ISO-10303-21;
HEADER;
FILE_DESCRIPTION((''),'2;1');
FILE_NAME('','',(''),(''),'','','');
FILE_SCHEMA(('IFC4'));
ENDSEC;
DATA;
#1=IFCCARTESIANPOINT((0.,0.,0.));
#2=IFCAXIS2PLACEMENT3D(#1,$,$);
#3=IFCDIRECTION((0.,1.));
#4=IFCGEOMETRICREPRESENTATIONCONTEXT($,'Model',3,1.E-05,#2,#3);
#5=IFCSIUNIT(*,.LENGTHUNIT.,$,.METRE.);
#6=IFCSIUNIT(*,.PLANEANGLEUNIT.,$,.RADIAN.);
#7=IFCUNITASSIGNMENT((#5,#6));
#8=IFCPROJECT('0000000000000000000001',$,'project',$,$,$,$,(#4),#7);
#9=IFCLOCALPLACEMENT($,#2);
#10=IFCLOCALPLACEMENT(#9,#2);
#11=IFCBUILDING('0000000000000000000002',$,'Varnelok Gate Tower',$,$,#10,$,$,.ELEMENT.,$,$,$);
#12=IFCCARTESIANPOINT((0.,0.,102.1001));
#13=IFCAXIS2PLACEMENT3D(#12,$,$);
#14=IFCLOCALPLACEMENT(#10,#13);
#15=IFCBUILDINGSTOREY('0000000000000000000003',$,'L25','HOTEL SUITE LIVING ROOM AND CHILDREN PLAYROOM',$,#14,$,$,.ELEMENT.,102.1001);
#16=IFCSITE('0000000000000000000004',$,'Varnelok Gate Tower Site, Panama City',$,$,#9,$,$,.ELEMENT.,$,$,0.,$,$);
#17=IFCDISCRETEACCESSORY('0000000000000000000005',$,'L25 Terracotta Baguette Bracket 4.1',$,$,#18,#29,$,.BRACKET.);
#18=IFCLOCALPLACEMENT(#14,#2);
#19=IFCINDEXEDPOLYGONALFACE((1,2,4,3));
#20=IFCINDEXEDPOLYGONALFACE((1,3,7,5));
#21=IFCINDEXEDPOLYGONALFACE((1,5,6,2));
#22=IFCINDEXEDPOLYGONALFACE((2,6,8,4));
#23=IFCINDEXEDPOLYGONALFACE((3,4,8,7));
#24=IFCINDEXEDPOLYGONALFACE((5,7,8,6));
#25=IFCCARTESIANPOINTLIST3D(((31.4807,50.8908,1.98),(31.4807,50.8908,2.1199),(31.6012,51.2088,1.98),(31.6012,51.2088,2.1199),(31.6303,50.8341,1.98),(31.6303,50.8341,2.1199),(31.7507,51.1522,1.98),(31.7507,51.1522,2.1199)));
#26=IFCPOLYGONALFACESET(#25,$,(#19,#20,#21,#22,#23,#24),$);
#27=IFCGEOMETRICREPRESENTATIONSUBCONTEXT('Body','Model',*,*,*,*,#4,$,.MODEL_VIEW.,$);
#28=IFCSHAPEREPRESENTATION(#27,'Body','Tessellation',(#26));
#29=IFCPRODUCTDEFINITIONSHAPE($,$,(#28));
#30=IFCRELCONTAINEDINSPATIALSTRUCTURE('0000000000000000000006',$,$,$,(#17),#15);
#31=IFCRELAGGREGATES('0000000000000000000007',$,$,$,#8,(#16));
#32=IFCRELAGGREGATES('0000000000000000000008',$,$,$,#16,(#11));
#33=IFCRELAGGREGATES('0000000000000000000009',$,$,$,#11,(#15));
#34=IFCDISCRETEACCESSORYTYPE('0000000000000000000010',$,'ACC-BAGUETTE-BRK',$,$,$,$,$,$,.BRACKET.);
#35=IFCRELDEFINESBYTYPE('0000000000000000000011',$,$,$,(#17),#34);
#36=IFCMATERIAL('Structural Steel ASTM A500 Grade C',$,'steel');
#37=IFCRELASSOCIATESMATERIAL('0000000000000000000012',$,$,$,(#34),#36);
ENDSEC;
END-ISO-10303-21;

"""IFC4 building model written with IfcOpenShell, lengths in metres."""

from ifc_helpers import new_model, si_unit, direction, frame, origin, origin_2d, place, context, subcontext, project, spatial, rectangle, extrude, source, transform, mapped, material, type_object, element, save


model = new_model("IFC4")

# Units and contexts
model_context = context("Model", 3, precision=1e-05, world=origin(), true_north=direction((0.0, 1.0)))
body_context = subcontext(model_context, "Body", "Model", "MODEL_VIEW")
ifc_project = project(units=[si_unit("LENGTHUNIT", "METRE"), si_unit("PLANEANGLEUNIT", "RADIAN")], contexts=[model_context])

# Site, building, storey
site_placement = place(None, origin())
site = spatial("IfcSite", under=ifc_project, at=site_placement, Name="Varnelok Gate Tower Site, Panama City", CompositionType="ELEMENT", RefElevation=0.0)
building_placement = place(site_placement, origin())
building = spatial("IfcBuilding", under=site, at=building_placement, Name="Varnelok Gate Tower", CompositionType="ELEMENT")
storey_placement = place(building_placement, frame((0.0, 0.0, 102.1001)))
storey = spatial("IfcBuildingStorey", under=building, at=storey_placement, Name="L25", Description="HOTEL SUITE LIVING ROOM AND CHILDREN PLAYROOM", CompositionType="ELEMENT", Elevation=102.1001)

# Discrete accessory
ifc_material_1 = material(Name="Structural Steel ASTM A500 Grade C", Category="steel")
discrete_accessory_type = type_object("IfcDiscreteAccessoryType", Name="ACC-BAGUETTE-BRK", PredefinedType="BRACKET", material=ifc_material_1)
shared_shape_1 = source(origin(), body_context, "Body", "SweptSolid", [
    extrude(rectangle(XDim=0.1599, YDim=0.3401, at=origin_2d()), origin(), (0.0, 0.0, 1.0), 0.1399),
])
discrete_accessory_placement = place(storey_placement, frame((31.6157, 51.0215, 1.98), z_axis=(0.0, 0.0, 1.0), x_axis=(0.935222, -0.354063, 0.0)))
element("IfcDiscreteAccessory", 1, at=discrete_accessory_placement, inside=storey, type_object=discrete_accessory_type, Name="L25 Terracotta Baguette Bracket 4.1", PredefinedType="BRACKET", context=body_context, shape_type="MappedRepresentation", body=[
    mapped(shared_shape_1, transform((0.0, 0.0, 0.0), scale=1.0)),
])

save(model, "model.ifc")
